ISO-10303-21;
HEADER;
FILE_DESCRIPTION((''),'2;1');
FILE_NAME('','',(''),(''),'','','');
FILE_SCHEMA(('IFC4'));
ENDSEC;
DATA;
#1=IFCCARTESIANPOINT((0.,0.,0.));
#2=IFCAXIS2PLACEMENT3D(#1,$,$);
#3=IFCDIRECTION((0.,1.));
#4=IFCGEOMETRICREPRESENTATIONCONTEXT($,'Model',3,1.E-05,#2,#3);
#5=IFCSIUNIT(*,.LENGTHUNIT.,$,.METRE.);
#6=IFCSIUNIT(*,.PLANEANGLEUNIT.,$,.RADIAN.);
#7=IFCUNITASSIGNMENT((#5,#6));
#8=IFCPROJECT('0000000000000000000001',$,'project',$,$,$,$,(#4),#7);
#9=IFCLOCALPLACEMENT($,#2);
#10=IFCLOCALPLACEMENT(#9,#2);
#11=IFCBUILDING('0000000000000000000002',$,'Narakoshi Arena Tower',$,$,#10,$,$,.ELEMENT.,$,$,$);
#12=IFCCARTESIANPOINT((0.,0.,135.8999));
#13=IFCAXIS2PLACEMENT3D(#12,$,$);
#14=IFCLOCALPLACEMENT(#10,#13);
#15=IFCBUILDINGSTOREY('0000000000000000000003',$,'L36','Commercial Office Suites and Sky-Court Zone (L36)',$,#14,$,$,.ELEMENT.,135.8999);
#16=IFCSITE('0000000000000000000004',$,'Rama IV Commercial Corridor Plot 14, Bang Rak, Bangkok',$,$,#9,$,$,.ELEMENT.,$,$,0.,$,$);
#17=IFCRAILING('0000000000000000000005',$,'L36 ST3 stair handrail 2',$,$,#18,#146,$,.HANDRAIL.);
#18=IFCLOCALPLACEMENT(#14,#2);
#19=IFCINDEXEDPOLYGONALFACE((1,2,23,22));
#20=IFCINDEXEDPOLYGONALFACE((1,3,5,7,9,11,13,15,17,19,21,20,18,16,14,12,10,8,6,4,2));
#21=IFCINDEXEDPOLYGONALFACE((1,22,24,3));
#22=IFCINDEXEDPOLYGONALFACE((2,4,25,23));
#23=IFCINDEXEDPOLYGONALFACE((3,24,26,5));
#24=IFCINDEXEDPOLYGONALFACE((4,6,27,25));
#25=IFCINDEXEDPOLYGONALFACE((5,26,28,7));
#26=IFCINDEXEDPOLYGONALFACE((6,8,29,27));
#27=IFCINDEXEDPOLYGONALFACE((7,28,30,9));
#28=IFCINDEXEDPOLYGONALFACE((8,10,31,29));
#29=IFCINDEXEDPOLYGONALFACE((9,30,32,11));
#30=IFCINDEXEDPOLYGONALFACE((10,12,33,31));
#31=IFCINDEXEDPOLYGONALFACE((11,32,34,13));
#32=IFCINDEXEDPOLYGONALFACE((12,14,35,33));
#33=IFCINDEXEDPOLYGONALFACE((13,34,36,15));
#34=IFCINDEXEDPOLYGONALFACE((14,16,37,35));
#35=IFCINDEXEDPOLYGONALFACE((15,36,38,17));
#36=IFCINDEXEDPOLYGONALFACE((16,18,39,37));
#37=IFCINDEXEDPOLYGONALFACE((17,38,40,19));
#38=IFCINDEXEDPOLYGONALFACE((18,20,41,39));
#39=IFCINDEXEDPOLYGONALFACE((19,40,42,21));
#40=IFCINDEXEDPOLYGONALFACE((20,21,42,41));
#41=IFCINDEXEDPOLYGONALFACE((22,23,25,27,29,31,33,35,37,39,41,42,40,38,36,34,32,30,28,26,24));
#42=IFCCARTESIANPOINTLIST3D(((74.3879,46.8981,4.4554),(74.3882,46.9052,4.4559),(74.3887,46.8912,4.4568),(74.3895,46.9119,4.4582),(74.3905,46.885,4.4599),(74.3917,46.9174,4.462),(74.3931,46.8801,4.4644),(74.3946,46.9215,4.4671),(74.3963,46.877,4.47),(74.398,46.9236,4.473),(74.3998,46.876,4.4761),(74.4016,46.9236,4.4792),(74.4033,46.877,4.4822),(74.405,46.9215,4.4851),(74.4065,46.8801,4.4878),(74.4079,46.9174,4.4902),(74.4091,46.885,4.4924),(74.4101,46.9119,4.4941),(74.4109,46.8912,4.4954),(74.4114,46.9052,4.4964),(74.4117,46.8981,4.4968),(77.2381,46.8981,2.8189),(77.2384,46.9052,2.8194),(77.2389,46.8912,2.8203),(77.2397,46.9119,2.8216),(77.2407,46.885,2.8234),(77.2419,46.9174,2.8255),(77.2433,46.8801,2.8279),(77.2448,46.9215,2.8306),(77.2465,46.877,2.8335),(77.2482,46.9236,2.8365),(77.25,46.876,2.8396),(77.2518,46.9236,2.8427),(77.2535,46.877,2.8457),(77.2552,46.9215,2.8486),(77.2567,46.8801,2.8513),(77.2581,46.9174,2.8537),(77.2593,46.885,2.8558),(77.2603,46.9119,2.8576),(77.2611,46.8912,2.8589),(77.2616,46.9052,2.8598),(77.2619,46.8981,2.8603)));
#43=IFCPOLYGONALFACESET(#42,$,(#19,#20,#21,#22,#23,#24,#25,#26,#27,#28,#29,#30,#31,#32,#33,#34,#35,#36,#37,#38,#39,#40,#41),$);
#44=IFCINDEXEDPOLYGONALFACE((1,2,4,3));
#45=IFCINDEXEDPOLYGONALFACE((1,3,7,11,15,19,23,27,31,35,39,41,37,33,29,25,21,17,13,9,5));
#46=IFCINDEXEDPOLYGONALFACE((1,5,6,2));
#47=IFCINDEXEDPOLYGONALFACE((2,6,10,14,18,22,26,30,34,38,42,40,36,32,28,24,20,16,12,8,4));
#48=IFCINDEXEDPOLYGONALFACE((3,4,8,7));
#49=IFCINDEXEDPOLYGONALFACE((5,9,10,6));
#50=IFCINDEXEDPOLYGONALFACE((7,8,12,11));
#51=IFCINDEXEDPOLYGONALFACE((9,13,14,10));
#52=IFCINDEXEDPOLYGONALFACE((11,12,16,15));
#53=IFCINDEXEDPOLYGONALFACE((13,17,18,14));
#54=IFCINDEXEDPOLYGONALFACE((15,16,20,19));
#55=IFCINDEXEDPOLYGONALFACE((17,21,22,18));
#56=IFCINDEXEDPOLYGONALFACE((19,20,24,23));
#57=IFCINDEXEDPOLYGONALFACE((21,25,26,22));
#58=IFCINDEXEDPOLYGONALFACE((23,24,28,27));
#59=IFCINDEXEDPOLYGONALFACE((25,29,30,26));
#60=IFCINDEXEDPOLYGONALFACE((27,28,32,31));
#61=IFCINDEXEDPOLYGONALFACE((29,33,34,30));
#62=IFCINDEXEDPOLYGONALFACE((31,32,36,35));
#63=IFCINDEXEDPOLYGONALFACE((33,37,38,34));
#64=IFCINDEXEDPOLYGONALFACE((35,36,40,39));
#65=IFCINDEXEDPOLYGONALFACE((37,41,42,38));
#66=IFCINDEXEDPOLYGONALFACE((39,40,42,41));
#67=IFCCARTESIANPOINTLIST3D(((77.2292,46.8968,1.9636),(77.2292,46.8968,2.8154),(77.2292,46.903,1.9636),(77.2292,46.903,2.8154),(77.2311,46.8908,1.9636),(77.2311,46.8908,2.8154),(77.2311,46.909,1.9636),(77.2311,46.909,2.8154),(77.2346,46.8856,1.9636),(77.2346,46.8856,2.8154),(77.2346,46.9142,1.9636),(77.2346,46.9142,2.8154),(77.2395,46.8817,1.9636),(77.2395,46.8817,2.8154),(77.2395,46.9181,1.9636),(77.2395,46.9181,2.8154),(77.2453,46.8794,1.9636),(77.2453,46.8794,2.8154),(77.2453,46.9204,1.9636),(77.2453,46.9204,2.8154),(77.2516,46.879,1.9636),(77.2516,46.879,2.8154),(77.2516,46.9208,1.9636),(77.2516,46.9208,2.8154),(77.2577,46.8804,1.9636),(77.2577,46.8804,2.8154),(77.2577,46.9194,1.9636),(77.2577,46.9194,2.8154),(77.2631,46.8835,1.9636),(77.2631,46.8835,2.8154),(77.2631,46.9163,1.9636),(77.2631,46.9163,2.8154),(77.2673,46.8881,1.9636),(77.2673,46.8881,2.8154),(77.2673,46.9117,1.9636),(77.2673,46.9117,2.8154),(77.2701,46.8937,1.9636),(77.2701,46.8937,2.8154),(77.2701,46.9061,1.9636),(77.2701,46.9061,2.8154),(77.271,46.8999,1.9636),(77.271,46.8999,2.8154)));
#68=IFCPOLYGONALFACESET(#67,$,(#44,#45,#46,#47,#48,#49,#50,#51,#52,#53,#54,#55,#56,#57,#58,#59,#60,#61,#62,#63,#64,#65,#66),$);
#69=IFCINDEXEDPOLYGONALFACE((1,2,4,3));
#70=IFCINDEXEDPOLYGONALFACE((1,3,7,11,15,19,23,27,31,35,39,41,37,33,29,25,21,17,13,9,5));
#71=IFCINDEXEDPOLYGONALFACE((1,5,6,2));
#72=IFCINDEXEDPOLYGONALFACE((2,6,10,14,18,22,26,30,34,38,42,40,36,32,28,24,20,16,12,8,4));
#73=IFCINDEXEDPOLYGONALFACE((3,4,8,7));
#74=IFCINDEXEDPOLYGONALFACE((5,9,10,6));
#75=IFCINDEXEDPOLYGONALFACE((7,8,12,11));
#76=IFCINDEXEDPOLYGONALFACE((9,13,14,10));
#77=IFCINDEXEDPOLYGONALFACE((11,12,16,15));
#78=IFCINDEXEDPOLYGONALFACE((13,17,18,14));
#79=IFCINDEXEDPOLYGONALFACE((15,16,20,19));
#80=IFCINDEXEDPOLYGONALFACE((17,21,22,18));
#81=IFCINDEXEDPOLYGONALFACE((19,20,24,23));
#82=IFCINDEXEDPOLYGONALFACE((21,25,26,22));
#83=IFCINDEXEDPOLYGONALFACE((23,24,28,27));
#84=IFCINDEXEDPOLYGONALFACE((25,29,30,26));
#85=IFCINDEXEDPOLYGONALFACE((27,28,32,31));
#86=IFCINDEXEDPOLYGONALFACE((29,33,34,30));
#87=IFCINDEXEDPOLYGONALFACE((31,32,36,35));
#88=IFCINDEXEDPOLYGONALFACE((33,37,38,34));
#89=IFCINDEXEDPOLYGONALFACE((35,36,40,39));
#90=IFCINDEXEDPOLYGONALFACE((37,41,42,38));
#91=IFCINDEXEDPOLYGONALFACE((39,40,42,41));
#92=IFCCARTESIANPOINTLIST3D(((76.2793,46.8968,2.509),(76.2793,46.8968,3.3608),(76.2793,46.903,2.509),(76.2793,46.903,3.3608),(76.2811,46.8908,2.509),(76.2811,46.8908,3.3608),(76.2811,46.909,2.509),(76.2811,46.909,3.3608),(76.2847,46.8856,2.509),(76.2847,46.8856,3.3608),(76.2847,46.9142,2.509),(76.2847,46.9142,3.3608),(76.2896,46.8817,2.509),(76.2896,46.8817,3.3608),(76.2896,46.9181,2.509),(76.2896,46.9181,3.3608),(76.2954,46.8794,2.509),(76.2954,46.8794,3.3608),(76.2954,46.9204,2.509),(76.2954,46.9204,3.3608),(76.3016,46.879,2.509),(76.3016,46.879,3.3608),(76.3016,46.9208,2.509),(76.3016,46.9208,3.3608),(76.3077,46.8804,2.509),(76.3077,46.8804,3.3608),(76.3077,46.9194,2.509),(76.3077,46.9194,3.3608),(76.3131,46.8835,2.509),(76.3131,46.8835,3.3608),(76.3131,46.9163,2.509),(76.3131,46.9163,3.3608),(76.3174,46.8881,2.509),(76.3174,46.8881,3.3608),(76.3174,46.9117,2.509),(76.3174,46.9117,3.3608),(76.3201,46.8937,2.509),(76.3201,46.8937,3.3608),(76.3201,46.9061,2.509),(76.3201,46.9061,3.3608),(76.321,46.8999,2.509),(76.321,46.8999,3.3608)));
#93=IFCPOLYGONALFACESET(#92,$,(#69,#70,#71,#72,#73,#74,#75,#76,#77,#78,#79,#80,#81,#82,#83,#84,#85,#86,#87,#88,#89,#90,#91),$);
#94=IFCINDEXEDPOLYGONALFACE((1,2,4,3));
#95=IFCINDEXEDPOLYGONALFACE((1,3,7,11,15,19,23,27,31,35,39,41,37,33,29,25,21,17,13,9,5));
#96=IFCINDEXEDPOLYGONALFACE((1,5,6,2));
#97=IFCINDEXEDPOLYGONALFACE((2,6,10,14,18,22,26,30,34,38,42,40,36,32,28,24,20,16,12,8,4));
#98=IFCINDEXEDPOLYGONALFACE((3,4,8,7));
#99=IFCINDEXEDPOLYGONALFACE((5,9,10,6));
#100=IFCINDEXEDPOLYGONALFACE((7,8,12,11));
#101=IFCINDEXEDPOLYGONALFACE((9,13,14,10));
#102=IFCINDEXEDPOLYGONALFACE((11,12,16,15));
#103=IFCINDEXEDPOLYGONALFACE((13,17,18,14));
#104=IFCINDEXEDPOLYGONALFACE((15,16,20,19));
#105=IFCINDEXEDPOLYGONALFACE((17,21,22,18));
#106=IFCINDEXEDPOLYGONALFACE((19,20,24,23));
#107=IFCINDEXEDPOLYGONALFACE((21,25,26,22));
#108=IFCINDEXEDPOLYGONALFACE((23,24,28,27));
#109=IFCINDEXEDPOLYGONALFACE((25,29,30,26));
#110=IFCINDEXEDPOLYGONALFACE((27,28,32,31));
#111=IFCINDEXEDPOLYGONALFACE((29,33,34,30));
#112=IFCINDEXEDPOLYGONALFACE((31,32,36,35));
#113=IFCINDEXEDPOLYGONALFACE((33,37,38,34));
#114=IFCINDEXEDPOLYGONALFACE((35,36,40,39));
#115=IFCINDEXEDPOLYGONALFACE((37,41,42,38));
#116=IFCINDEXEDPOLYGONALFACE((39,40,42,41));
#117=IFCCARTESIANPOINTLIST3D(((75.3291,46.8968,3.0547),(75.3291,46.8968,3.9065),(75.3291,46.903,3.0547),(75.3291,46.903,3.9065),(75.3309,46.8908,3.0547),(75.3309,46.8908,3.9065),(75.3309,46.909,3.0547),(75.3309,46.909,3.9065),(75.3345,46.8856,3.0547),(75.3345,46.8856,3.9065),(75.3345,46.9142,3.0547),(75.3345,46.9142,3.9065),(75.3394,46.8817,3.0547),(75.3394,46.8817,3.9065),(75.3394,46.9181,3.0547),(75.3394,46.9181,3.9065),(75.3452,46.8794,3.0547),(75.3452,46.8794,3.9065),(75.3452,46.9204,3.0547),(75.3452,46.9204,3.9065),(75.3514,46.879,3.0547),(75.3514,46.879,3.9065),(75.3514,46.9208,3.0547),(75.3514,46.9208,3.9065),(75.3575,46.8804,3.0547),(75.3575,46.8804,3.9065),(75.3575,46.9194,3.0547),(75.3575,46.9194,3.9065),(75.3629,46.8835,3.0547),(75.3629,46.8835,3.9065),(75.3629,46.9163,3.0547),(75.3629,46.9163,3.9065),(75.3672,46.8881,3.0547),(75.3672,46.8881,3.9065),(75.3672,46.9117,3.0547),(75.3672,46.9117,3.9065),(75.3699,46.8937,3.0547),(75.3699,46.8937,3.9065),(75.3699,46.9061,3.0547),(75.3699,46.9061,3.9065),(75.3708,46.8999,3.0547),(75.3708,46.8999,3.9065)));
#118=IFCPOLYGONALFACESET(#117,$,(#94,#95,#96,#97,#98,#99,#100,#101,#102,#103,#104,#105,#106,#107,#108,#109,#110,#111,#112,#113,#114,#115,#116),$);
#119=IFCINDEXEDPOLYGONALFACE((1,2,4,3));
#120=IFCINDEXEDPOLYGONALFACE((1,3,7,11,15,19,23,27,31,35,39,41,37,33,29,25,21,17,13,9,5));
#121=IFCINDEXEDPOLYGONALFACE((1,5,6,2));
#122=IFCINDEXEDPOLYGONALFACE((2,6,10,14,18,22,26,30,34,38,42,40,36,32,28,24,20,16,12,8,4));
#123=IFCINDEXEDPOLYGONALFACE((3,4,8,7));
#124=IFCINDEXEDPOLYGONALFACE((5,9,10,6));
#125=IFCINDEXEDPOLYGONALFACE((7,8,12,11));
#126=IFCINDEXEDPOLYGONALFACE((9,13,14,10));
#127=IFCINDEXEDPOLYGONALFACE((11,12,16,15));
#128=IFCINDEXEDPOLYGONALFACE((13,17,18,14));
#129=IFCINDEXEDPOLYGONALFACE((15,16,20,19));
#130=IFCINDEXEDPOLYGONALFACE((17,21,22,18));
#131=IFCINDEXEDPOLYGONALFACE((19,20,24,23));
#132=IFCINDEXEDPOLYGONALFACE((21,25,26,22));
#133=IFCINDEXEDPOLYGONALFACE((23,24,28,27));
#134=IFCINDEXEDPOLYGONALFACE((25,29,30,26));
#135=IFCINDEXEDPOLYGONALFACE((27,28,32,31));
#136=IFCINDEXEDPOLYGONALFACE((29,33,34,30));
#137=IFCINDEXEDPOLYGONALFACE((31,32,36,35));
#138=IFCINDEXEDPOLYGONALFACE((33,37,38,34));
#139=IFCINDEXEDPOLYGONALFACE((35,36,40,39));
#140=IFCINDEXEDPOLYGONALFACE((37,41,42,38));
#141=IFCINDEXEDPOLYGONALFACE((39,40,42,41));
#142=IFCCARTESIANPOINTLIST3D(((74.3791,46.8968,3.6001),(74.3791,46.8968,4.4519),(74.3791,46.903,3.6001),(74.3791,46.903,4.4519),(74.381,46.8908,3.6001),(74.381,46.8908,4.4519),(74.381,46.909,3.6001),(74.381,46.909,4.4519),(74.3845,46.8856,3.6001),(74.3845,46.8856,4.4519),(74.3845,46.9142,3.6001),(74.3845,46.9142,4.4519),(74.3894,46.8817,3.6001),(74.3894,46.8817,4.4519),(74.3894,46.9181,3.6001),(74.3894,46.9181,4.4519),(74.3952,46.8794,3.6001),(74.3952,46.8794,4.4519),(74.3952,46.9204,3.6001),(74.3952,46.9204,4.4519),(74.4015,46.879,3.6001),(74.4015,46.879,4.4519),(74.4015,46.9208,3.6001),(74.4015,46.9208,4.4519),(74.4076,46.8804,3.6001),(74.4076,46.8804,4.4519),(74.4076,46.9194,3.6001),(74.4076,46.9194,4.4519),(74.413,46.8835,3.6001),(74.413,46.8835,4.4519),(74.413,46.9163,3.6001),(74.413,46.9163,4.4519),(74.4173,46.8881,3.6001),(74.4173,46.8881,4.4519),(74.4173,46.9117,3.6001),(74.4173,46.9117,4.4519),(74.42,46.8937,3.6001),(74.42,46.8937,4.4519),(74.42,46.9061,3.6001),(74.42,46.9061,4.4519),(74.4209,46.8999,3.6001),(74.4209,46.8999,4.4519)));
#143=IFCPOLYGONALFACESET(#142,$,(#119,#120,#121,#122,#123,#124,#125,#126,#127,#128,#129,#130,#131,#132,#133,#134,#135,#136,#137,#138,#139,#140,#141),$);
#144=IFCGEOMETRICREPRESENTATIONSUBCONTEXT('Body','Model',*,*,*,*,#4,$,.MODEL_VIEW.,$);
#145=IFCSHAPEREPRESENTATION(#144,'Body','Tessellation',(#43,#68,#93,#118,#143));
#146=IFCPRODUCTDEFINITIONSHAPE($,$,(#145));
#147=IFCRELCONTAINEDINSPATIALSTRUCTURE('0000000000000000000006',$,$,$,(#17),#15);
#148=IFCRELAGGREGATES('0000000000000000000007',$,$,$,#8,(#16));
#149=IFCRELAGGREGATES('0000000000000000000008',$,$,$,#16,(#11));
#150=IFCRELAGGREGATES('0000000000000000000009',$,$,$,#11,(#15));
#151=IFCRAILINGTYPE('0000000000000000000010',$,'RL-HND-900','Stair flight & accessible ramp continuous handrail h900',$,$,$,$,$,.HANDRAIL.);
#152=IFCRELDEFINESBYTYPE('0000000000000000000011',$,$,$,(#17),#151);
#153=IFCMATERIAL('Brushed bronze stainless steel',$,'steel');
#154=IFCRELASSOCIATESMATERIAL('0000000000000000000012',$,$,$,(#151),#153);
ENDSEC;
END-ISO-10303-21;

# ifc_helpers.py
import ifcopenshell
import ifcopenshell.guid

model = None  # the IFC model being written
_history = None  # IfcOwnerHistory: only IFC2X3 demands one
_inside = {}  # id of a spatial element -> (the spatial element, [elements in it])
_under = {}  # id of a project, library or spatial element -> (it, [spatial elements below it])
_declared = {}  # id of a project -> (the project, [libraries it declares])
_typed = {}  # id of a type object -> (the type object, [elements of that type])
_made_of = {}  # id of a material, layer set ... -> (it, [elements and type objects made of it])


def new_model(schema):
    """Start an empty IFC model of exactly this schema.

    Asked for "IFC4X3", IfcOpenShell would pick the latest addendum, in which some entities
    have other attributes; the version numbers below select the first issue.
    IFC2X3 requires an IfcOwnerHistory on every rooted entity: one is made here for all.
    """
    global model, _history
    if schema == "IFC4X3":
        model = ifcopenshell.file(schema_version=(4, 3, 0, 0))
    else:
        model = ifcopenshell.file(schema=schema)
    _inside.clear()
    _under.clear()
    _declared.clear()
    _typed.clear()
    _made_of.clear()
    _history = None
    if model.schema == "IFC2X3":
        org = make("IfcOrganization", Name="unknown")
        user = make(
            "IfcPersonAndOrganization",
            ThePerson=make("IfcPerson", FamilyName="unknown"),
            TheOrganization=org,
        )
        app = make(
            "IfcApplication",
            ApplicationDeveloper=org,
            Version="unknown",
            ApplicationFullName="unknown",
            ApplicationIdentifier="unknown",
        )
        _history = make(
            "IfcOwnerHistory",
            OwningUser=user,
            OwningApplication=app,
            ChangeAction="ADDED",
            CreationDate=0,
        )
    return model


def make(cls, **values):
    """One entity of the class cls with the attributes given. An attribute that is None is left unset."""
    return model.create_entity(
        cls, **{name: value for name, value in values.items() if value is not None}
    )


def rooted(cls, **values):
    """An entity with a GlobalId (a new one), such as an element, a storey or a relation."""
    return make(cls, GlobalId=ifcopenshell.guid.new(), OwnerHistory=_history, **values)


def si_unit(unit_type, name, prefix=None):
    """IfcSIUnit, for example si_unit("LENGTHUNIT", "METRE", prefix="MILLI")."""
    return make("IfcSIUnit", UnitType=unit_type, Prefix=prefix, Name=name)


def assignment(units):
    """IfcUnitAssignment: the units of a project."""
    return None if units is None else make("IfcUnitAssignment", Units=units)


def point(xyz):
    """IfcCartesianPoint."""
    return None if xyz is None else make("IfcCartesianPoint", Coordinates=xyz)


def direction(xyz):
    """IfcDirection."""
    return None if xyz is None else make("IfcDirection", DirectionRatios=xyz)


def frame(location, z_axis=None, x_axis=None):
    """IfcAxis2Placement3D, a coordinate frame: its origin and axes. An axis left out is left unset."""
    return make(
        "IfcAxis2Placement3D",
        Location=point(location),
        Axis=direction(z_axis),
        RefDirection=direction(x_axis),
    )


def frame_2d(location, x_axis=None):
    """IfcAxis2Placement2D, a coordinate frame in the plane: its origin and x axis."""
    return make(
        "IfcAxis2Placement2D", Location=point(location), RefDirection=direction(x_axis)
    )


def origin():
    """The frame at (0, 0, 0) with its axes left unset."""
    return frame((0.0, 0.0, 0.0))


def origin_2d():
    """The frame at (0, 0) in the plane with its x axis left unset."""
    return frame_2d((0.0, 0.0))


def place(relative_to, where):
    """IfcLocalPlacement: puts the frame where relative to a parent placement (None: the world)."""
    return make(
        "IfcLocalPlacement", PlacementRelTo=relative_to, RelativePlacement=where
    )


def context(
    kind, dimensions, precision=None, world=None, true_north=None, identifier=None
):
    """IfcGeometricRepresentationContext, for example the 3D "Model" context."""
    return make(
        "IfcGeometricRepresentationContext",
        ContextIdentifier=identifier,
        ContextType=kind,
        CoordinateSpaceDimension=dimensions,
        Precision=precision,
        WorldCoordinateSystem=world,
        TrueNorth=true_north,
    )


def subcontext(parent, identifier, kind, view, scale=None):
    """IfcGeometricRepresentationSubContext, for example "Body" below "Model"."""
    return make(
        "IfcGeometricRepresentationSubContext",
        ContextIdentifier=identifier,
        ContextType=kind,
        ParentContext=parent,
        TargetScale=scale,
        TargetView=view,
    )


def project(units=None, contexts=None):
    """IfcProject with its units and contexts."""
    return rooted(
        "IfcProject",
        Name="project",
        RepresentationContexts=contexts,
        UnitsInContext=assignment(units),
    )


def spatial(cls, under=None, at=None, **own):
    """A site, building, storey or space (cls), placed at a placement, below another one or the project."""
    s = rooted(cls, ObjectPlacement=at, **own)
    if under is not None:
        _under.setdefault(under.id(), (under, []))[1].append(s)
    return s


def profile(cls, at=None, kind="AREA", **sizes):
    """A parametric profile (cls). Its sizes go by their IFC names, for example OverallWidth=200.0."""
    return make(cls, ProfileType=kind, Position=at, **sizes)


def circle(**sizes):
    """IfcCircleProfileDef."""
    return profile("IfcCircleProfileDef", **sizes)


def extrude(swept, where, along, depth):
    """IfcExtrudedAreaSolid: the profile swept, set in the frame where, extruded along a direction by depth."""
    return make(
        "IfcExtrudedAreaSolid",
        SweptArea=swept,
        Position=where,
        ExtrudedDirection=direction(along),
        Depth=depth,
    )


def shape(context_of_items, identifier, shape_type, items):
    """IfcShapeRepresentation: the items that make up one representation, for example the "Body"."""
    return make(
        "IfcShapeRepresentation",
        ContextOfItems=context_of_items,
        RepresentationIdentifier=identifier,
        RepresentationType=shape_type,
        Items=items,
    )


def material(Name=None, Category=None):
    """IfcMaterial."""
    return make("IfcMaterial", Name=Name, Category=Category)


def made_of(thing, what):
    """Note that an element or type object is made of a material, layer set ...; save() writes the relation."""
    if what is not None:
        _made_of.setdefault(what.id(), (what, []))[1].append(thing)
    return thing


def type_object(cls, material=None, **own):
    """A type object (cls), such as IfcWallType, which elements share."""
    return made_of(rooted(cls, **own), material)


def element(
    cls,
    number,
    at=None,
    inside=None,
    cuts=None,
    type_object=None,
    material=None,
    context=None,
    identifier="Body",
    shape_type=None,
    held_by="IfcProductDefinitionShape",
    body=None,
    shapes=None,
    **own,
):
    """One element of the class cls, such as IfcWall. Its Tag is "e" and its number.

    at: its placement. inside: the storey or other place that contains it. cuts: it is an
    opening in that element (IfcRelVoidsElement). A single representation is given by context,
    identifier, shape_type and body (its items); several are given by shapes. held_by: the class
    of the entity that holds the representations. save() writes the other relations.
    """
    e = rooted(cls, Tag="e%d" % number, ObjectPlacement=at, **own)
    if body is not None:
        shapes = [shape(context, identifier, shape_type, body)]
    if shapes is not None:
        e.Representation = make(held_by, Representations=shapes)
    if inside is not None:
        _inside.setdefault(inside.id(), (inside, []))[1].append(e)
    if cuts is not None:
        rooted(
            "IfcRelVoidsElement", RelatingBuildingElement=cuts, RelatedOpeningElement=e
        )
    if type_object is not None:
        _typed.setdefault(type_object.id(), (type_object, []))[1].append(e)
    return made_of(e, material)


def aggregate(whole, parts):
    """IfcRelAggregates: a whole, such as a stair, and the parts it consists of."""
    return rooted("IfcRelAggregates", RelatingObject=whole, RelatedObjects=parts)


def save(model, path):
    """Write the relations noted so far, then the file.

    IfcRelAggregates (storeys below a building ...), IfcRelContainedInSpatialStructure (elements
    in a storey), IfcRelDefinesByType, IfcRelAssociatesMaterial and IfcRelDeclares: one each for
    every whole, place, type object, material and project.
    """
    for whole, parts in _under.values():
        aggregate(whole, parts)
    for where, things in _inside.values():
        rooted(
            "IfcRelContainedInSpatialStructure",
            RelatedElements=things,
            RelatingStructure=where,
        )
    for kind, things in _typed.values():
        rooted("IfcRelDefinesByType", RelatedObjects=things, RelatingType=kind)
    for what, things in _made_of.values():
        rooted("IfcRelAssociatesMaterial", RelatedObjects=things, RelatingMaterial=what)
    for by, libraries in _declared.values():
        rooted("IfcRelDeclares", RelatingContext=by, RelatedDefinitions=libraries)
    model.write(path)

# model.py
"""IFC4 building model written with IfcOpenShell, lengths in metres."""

from ifc_helpers import new_model, si_unit, direction, frame, origin, origin_2d, place, context, subcontext, project, spatial, circle, extrude, material, type_object, element, save


model = new_model("IFC4")

# Units and contexts
model_context = context("Model", 3, precision=1e-05, world=origin(), true_north=direction((0.0, 1.0)))
body_context = subcontext(model_context, "Body", "Model", "MODEL_VIEW")
ifc_project = project(units=[si_unit("LENGTHUNIT", "METRE"), si_unit("PLANEANGLEUNIT", "RADIAN")], contexts=[model_context])

# Site, building, storey
site_placement = place(None, origin())
site = spatial("IfcSite", under=ifc_project, at=site_placement, Name="Rama IV Commercial Corridor Plot 14, Bang Rak, Bangkok", CompositionType="ELEMENT", RefElevation=0.0)
building_placement = place(site_placement, origin())
building = spatial("IfcBuilding", under=site, at=building_placement, Name="Narakoshi Arena Tower", CompositionType="ELEMENT")
storey_placement = place(building_placement, frame((0.0, 0.0, 135.8999)))
storey = spatial("IfcBuildingStorey", under=building, at=storey_placement, Name="L36", Description="Commercial Office Suites and Sky-Court Zone (L36)", CompositionType="ELEMENT", Elevation=135.8999)

# Railing
ifc_material_1 = material(Name="Brushed bronze stainless steel", Category="steel")
railing_type_1 = type_object("IfcRailingType", Name="RL-HND-900", Description="Stair flight & accessible ramp continuous handrail h900", PredefinedType="HANDRAIL", material=ifc_material_1)
railing_1_placement = place(storey_placement, frame((77.25, 46.8999, 1.9636)))
element("IfcRailing", 1, at=railing_1_placement, inside=storey, type_object=railing_type_1, Name="L36 ST3 stair handrail 2", PredefinedType="HANDRAIL", context=body_context, shape_type="SweptSolid", body=[
    extrude(circle(Radius=0.0239, at=origin_2d()), frame((0.0, 0.0, 0.876), z_axis=(-0.867213, 0.0, 0.497938), x_axis=(0.0, -1.0, 0.0)), (0.0, 0.0, 1.0), 3.2866),
    extrude(circle(Radius=0.021, at=origin_2d()), origin(), (0.0, 0.0, 1.0), 0.8518),
    extrude(circle(Radius=0.021, at=origin_2d()), frame((-0.95, 0.0, 0.5454)), (0.0, 0.0, 1.0), 0.8518),
    extrude(circle(Radius=0.021, at=origin_2d()), frame((-1.9001, 0.0, 1.0911)), (0.0, 0.0, 1.0), 0.8518),
    extrude(circle(Radius=0.021, at=origin_2d()), frame((-2.8501, 0.0, 1.6365)), (0.0, 0.0, 1.0), 0.8518),
])

save(model, "model.ifc")
